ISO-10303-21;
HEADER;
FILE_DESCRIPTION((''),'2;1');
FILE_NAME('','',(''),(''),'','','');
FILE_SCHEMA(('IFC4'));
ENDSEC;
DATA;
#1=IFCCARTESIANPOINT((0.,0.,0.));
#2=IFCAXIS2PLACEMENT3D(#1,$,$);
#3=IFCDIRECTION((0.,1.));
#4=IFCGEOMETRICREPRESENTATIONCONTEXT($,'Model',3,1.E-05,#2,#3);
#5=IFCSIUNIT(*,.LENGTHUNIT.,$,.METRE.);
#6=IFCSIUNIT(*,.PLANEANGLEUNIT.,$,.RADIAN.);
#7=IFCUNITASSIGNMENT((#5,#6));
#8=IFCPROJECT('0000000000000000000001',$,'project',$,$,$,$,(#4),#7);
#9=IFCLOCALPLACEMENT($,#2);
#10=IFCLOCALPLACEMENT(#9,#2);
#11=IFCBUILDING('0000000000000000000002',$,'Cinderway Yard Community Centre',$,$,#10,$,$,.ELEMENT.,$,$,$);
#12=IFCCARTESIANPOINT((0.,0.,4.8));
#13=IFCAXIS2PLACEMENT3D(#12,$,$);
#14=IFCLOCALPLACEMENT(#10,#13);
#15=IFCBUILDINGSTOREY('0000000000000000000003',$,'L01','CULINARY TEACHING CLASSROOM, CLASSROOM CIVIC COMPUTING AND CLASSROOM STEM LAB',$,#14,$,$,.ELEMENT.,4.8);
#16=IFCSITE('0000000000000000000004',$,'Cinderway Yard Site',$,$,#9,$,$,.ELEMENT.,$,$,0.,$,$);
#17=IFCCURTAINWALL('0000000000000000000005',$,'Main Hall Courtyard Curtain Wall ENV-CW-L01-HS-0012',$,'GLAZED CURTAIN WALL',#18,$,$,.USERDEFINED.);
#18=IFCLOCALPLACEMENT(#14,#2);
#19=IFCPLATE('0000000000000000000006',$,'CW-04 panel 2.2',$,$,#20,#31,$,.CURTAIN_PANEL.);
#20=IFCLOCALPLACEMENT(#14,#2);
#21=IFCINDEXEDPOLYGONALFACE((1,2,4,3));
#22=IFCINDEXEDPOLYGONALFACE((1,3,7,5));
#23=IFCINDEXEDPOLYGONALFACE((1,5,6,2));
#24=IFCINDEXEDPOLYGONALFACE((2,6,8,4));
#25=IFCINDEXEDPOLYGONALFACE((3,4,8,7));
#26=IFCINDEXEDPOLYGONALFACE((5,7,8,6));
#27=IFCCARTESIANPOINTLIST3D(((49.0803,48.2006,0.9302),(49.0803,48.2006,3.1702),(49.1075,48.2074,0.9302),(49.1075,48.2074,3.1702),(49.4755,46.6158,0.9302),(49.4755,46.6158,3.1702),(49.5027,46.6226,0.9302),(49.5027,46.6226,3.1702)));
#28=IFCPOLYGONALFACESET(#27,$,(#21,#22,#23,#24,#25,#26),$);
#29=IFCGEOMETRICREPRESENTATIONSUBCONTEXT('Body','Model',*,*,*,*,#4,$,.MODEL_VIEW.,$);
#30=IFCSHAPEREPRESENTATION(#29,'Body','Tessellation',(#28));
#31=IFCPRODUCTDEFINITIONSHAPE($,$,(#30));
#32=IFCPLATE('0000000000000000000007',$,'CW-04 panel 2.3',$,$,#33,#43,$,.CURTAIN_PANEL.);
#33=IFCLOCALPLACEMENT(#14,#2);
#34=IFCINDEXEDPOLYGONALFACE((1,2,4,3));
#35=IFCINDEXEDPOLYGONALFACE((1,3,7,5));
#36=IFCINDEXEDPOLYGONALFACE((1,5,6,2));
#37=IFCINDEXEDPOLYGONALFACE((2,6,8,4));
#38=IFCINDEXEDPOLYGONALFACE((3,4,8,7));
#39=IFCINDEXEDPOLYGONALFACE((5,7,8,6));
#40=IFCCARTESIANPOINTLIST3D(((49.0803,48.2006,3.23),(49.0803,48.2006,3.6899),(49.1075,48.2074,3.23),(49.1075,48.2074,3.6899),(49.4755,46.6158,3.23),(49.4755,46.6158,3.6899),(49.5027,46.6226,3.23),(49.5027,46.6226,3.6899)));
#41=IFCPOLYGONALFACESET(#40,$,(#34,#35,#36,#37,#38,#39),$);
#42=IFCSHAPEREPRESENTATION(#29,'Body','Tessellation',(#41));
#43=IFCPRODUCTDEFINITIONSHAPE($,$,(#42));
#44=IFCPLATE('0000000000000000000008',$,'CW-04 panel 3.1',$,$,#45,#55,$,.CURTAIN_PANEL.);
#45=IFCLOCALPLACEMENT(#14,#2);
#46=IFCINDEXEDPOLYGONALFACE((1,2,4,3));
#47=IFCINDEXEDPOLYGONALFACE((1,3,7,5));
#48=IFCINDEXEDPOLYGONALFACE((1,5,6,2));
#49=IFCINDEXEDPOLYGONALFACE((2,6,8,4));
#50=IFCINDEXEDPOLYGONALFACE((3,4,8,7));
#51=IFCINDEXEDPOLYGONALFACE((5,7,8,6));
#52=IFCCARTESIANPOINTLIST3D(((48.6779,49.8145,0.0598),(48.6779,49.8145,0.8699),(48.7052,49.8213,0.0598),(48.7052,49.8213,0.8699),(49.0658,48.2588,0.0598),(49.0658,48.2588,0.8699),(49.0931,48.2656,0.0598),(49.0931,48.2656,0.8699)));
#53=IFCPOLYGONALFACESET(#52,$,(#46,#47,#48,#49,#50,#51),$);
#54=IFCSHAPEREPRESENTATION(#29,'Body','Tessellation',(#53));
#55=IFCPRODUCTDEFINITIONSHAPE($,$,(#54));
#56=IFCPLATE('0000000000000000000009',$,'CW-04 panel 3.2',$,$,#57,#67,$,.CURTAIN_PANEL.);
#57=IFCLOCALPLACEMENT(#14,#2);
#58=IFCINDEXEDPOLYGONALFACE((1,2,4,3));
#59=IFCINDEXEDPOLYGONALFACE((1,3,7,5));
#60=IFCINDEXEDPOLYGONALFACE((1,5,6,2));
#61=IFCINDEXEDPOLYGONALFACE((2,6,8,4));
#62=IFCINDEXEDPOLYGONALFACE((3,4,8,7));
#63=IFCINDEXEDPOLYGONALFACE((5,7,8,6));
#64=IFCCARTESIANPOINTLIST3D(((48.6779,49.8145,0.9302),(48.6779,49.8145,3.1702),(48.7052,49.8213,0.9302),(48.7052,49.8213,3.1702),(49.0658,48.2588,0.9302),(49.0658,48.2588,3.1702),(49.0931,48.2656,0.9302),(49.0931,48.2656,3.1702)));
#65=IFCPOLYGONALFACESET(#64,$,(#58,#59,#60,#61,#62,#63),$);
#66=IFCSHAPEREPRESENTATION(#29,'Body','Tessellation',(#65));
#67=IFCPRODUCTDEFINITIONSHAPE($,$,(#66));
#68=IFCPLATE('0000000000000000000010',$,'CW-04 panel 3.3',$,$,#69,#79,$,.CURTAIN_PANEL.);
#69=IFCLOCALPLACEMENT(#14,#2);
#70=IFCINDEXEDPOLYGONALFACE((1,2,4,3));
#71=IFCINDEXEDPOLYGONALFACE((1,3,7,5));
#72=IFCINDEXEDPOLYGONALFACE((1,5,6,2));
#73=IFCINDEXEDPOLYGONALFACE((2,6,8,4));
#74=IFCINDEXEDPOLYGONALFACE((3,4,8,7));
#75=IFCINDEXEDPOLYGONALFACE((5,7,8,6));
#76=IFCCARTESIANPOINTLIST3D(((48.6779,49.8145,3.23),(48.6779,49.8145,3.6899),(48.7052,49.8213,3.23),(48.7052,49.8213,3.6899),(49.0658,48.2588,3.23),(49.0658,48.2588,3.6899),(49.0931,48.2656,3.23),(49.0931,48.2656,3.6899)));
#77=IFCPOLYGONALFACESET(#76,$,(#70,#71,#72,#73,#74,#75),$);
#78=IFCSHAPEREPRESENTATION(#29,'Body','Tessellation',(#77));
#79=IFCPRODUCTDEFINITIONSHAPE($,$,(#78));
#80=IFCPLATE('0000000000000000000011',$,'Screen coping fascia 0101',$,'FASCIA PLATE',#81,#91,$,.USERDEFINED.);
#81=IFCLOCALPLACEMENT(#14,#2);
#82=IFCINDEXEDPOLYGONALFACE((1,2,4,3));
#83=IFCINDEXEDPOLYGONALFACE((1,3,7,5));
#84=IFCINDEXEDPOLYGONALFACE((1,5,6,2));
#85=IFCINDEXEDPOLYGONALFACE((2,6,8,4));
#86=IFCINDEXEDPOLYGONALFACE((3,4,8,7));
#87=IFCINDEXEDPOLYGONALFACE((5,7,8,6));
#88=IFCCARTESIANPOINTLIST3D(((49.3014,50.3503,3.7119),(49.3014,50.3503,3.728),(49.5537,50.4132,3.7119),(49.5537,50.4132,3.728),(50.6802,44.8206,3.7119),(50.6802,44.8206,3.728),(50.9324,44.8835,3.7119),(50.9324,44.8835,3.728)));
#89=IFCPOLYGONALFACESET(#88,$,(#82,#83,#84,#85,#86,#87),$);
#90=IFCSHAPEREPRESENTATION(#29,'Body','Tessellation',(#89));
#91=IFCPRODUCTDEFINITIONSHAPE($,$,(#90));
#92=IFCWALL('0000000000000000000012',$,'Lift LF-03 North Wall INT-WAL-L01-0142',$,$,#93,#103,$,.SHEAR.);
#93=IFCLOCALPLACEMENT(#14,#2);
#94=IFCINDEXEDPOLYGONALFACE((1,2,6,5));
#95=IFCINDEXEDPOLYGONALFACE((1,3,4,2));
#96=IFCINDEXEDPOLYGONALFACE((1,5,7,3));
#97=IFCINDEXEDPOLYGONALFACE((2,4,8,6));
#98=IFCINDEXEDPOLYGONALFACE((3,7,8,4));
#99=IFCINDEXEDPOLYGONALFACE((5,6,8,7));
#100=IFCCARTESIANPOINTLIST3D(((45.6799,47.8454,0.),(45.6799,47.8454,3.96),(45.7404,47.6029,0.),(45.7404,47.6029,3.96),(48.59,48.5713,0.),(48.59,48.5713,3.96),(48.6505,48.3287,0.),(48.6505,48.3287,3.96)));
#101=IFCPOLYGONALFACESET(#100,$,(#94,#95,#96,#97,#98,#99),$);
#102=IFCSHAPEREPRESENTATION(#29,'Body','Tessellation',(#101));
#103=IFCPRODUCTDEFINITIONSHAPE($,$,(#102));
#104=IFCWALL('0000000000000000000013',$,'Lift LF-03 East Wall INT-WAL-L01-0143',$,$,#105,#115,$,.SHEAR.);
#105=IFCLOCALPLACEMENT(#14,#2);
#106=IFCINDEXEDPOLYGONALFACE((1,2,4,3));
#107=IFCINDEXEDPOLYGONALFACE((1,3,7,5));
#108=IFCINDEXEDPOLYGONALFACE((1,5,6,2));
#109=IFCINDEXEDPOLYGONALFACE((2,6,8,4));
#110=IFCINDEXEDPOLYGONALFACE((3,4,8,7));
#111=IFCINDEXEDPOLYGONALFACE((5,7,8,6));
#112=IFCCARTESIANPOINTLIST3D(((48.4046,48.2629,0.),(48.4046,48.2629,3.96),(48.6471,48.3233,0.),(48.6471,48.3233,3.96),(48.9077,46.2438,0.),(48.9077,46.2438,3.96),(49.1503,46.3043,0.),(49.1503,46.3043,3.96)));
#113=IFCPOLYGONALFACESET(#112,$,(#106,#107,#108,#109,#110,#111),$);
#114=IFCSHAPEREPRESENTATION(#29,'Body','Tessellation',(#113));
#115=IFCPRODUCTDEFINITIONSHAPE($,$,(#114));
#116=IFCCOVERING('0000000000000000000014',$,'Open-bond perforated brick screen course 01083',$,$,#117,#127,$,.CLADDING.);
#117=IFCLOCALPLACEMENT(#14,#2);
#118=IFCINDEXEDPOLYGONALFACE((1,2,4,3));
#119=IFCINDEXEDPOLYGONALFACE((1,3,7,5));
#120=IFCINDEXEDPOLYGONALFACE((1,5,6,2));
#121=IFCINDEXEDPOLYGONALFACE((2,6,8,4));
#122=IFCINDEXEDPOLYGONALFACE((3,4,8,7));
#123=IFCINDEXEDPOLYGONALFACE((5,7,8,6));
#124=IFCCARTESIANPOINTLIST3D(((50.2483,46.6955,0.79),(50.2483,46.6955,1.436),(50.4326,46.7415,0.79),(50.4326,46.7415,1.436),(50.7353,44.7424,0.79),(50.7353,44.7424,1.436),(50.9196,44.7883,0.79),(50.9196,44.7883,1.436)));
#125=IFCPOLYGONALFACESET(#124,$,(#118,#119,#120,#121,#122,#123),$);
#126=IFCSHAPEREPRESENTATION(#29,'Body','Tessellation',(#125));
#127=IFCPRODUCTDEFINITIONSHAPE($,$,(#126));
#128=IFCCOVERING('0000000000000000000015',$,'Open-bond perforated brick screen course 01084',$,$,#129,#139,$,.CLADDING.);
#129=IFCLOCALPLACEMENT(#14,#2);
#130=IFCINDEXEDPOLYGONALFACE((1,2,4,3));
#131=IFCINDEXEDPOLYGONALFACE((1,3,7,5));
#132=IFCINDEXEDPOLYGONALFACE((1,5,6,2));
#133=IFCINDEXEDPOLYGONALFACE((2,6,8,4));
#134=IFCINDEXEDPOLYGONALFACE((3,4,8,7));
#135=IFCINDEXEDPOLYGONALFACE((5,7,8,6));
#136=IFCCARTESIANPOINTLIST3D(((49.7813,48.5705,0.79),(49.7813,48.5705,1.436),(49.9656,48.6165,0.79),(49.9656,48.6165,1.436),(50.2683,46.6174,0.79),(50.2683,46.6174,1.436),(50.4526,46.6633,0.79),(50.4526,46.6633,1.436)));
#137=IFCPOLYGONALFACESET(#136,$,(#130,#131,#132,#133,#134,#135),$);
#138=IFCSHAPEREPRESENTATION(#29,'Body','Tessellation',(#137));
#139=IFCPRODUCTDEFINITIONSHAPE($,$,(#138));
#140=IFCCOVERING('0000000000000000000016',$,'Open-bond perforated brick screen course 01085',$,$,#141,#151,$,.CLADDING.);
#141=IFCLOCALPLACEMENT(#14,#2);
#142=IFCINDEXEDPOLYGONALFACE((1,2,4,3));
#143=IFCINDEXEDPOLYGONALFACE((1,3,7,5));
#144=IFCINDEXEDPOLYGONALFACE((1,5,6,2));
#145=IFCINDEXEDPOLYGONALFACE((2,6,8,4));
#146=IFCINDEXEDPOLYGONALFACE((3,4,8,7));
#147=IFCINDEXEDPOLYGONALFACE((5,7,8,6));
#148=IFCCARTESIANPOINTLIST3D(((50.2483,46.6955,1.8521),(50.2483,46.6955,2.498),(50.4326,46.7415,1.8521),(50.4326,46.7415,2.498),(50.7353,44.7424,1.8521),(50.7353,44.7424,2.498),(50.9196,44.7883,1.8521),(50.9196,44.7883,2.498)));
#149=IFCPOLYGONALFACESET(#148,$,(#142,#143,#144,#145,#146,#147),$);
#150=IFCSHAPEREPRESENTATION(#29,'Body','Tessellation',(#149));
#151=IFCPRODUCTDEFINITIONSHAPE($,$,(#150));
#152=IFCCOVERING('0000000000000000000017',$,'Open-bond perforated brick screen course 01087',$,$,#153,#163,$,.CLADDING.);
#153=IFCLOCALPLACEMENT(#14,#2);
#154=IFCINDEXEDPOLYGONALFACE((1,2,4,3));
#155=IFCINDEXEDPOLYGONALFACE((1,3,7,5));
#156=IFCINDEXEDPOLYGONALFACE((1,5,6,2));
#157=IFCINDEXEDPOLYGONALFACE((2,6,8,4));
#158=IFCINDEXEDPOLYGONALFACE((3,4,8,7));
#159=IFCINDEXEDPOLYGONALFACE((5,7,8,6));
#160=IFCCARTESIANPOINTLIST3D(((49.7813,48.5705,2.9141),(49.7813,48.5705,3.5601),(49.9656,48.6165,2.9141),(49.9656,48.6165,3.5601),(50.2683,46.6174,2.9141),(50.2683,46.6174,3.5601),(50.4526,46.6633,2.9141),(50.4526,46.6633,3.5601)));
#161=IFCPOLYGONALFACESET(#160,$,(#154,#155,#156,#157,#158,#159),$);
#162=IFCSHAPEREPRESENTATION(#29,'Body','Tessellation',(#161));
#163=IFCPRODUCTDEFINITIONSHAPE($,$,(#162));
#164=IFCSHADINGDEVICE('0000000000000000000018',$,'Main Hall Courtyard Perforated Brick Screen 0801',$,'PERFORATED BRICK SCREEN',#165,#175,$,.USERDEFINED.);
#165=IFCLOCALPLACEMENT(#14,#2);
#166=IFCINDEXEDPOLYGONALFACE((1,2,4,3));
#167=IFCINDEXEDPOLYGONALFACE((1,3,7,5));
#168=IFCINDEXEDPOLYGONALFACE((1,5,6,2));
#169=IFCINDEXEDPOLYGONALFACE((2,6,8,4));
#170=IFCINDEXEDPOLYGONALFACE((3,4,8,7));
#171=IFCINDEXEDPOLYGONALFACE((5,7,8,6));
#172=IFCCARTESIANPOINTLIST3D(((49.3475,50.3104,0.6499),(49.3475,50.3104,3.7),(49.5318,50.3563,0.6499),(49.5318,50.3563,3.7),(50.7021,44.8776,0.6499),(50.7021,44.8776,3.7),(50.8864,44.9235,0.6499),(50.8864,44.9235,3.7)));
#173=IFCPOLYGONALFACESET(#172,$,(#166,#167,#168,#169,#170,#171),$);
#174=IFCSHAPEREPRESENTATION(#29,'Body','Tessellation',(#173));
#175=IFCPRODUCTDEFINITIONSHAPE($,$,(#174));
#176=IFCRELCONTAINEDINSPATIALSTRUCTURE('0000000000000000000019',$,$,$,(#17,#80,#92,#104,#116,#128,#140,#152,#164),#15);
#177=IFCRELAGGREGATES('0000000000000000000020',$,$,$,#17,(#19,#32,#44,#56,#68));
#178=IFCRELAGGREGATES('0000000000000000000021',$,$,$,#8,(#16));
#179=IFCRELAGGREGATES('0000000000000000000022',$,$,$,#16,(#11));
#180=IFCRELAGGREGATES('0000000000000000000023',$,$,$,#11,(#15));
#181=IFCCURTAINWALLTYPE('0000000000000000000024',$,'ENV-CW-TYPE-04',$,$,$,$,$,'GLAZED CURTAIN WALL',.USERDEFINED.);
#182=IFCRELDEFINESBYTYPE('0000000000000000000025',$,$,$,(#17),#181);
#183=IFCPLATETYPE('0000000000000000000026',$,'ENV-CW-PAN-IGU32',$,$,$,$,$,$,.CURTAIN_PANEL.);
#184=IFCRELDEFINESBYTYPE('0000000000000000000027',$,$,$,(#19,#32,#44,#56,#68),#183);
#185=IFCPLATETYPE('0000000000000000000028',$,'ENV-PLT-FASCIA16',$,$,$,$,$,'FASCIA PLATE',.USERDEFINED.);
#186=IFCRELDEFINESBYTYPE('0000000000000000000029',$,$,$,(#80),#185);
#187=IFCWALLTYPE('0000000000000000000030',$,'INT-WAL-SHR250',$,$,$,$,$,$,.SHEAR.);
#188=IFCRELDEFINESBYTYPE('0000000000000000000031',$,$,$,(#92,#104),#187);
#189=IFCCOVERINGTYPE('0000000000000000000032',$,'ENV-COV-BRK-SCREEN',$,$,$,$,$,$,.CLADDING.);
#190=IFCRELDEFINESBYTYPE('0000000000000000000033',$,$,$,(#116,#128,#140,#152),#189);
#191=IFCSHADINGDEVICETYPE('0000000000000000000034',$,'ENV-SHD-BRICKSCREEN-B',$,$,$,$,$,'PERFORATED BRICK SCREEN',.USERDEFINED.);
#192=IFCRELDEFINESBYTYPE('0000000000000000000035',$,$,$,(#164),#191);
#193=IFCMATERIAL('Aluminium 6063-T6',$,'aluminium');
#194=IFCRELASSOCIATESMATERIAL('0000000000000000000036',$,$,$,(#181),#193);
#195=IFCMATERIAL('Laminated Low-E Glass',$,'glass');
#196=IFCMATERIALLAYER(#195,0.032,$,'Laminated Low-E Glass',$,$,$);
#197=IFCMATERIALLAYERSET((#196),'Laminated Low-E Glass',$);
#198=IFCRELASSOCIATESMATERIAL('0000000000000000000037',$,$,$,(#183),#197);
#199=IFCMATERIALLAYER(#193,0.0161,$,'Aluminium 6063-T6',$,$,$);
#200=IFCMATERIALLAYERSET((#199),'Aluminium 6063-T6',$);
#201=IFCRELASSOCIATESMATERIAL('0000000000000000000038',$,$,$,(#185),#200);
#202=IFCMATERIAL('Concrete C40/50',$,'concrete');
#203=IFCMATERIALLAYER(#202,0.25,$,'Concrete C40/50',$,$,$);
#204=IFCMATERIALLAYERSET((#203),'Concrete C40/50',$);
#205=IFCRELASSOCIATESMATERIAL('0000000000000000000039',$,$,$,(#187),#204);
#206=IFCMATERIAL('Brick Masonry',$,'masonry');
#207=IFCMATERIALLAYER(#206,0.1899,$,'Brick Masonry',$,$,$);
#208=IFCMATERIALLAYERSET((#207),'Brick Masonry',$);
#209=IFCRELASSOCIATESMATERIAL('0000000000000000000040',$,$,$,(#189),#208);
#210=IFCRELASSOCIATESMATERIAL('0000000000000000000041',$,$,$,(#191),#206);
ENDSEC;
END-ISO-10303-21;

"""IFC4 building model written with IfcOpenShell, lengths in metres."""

from ifc_helpers import new_model, si_unit, direction, frame, frame_2d, origin, origin_2d, place, context, subcontext, project, spatial, rectangle, extrude, material, layer, layer_set, type_object, element, aggregate, save


model = new_model("IFC4")

# Units and contexts
model_context = context("Model", 3, precision=1e-05, world=origin(), true_north=direction((0.0, 1.0)))
body_context = subcontext(model_context, "Body", "Model", "MODEL_VIEW")
ifc_project = project(units=[si_unit("LENGTHUNIT", "METRE"), si_unit("PLANEANGLEUNIT", "RADIAN")], contexts=[model_context])

# Site, building, storey
site_placement = place(None, origin())
site = spatial("IfcSite", under=ifc_project, at=site_placement, Name="Cinderway Yard Site", CompositionType="ELEMENT", RefElevation=0.0)
building_placement = place(site_placement, origin())
building = spatial("IfcBuilding", under=site, at=building_placement, Name="Cinderway Yard Community Centre", CompositionType="ELEMENT")
storey_placement = place(building_placement, frame((0.0, 0.0, 4.8)))
storey = spatial("IfcBuildingStorey", under=building, at=storey_placement, Name="L01", Description="CULINARY TEACHING CLASSROOM, CLASSROOM CIVIC COMPUTING AND CLASSROOM STEM LAB", CompositionType="ELEMENT", Elevation=4.8)

# Curtain wall
ifc_material_1 = material(Name="Aluminium 6063-T6", Category="aluminium")
curtain_wall_type = type_object("IfcCurtainWallType", Name="ENV-CW-TYPE-04", ElementType="GLAZED CURTAIN WALL", PredefinedType="USERDEFINED", material=ifc_material_1)
curtain_wall_placement = place(storey_placement, origin())
curtain_wall = element("IfcCurtainWall", 1, at=curtain_wall_placement, inside=storey, type_object=curtain_wall_type, Name="Main Hall Courtyard Curtain Wall ENV-CW-L01-HS-0012", ObjectType="GLAZED CURTAIN WALL", PredefinedType="USERDEFINED")

# Plates
ifc_material_2 = material(Name="Laminated Low-E Glass", Category="glass")
ifc_layer_1 = layer(ifc_material_2, 0.032, Name="Laminated Low-E Glass")
ifc_layer_set_1 = layer_set([ifc_layer_1], Name="Laminated Low-E Glass")
plate_type_1 = type_object("IfcPlateType", Name="ENV-CW-PAN-IGU32", PredefinedType="CURTAIN_PANEL", material=ifc_layer_set_1)
plate_1_placement = place(storey_placement, frame((49.2915, 47.4116, 0.9302), z_axis=(0.0, 0.0, 1.0), x_axis=(-0.241933, 0.970293, 0.0)))
plate_1 = element("IfcPlate", 2, at=plate_1_placement, type_object=plate_type_1, Name="CW-04 panel 2.2", PredefinedType="CURTAIN_PANEL", context=body_context, shape_type="SweptSolid", body=[
    extrude(rectangle(XDim=1.6333, YDim=0.0281, at=origin_2d()), origin(), (0.0, 0.0, 1.0), 2.24),
])
plate_2_placement = place(storey_placement, frame((49.2915, 47.4116, 3.23), z_axis=(0.0, 0.0, 1.0), x_axis=(-0.241933, 0.970293, 0.0)))
plate_2 = element("IfcPlate", 3, at=plate_2_placement, type_object=plate_type_1, Name="CW-04 panel 2.3", PredefinedType="CURTAIN_PANEL", context=body_context, shape_type="SweptSolid", body=[
    extrude(rectangle(XDim=1.6333, YDim=0.0281, at=origin_2d()), origin(), (0.0, 0.0, 1.0), 0.46),
])
plate_3_placement = place(storey_placement, frame((48.8855, 49.04, 0.0598), z_axis=(0.0, 0.0, 1.0), x_axis=(-0.241933, 0.970293, 0.0)))
plate_3 = element("IfcPlate", 4, at=plate_3_placement, type_object=plate_type_1, Name="CW-04 panel 3.1", PredefinedType="CURTAIN_PANEL", context=body_context, shape_type="SweptSolid", body=[
    extrude(rectangle(XDim=1.6033, YDim=0.0281, at=origin_2d()), origin(), (0.0, 0.0, 1.0), 0.8101),
])
plate_4_placement = place(storey_placement, frame((48.8855, 49.04, 0.9302), z_axis=(0.0, 0.0, 1.0), x_axis=(-0.241933, 0.970293, 0.0)))
plate_4 = element("IfcPlate", 5, at=plate_4_placement, type_object=plate_type_1, Name="CW-04 panel 3.2", PredefinedType="CURTAIN_PANEL", context=body_context, shape_type="SweptSolid", body=[
    extrude(rectangle(XDim=1.6033, YDim=0.0281, at=origin_2d()), origin(), (0.0, 0.0, 1.0), 2.24),
])
plate_5_placement = place(storey_placement, frame((48.8855, 49.04, 3.23), z_axis=(0.0, 0.0, 1.0), x_axis=(-0.241933, 0.970293, 0.0)))
plate_5 = element("IfcPlate", 6, at=plate_5_placement, type_object=plate_type_1, Name="CW-04 panel 3.3", PredefinedType="CURTAIN_PANEL", context=body_context, shape_type="SweptSolid", body=[
    extrude(rectangle(XDim=1.6033, YDim=0.0281, at=origin_2d()), origin(), (0.0, 0.0, 1.0), 0.46),
])
aggregate(curtain_wall, [plate_1, plate_2, plate_3, plate_4, plate_5])
ifc_layer_2 = layer(ifc_material_1, 0.0161, Name="Aluminium 6063-T6")
ifc_layer_set_2 = layer_set([ifc_layer_2], Name="Aluminium 6063-T6")
plate_type_2 = type_object("IfcPlateType", Name="ENV-PLT-FASCIA16", ElementType="FASCIA PLATE", PredefinedType="USERDEFINED", material=ifc_layer_set_2)
plate_6_placement = place(storey_placement, frame((50.1169, 47.6169, 3.7119), z_axis=(0.0, 0.0, 1.0), x_axis=(0.241922, -0.970296, 0.0)))
element("IfcPlate", 7, at=plate_6_placement, inside=storey, type_object=plate_type_2, Name="Screen coping fascia 0101", ObjectType="FASCIA PLATE", PredefinedType="USERDEFINED", context=body_context, shape_type="SweptSolid", body=[
    extrude(rectangle(XDim=5.699, YDim=0.26, at=origin_2d()), origin(), (0.0, 0.0, 1.0), 0.0161),
])

# Walls
ifc_material_3 = material(Name="Concrete C40/50", Category="concrete")
ifc_layer_3 = layer(ifc_material_3, 0.25, Name="Concrete C40/50")
ifc_layer_set_3 = layer_set([ifc_layer_3], Name="Concrete C40/50")
wall_type = type_object("IfcWallType", Name="INT-WAL-SHR250", PredefinedType="SHEAR", material=ifc_layer_set_3)
wall_1_placement = place(storey_placement, frame((48.6201, 48.45, 0.0), z_axis=(0.0, 0.0, 1.0), x_axis=(-0.970276, -0.241999, 0.0)))
element("IfcWall", 8, at=wall_1_placement, inside=storey, type_object=wall_type, Name="Lift LF-03 North Wall INT-WAL-L01-0142", PredefinedType="SHEAR", context=body_context, shape_type="SweptSolid", body=[
    extrude(rectangle(XDim=2.9993, YDim=0.25, at=frame_2d((1.4995, 0.0))), origin(), (0.0, 0.0, 1.0), 3.96),
])
wall_2_placement = place(storey_placement, frame((49.0291, 46.2739, 0.0), z_axis=(0.0, 0.0, 1.0), x_axis=(-0.241818, 0.970322, 0.0)))
element("IfcWall", 9, at=wall_2_placement, inside=storey, type_object=wall_type, Name="Lift LF-03 East Wall INT-WAL-L01-0143", PredefinedType="SHEAR", context=body_context, shape_type="SweptSolid", body=[
    extrude(rectangle(XDim=2.0808, YDim=0.25, at=frame_2d((1.0405, 0.0))), origin(), (0.0, 0.0, 1.0), 3.96),
])

# Coverings
ifc_material_4 = material(Name="Brick Masonry", Category="masonry")
ifc_layer_4 = layer(ifc_material_4, 0.1899, Name="Brick Masonry")
ifc_layer_set_4 = layer_set([ifc_layer_4], Name="Brick Masonry")
covering_type = type_object("IfcCoveringType", Name="ENV-COV-BRK-SCREEN", PredefinedType="CLADDING", material=ifc_layer_set_4)
for number, where, z_axis, x_axis, name in (
    (10, (50.584, 45.7419, 0.79), (0.0, 0.0, 1.0), (0.241922, -0.970296, 0.0), "Open-bond perforated brick screen course 01083"),
    (11, (50.1169, 47.6169, 0.79), (0.0, 0.0, 1.0), (0.241922, -0.970296, 0.0), "Open-bond perforated brick screen course 01084"),
    (12, (50.584, 45.7419, 1.8521), (0.0, 0.0, 1.0), (0.241922, -0.970296, 0.0), "Open-bond perforated brick screen course 01085"),
    (13, (50.1169, 47.6169, 2.9141), (0.0, 0.0, 1.0), (0.241922, -0.970296, 0.0), "Open-bond perforated brick screen course 01087"),
):
    element("IfcCovering", number, at=place(storey_placement, frame(where, z_axis=z_axis, x_axis=x_axis)), inside=storey, type_object=covering_type, Name=name, PredefinedType="CLADDING", context=body_context, shape_type="SweptSolid", body=[
        extrude(rectangle(XDim=2.0129, YDim=0.1899, at=origin_2d()), origin(), (0.0, 0.0, 1.0), 0.646),
    ])

# Shading device
shading_device_type = type_object("IfcShadingDeviceType", Name="ENV-SHD-BRICKSCREEN-B", ElementType="PERFORATED BRICK SCREEN", PredefinedType="USERDEFINED", material=ifc_material_4)
shading_device_placement = place(storey_placement, frame((50.1169, 47.6169, 0.6499), z_axis=(0.0, 0.0, 1.0), x_axis=(0.241922, -0.970296, 0.0)))
element("IfcShadingDevice", 14, at=shading_device_placement, inside=storey, type_object=shading_device_type, Name="Main Hall Courtyard Perforated Brick Screen 0801", ObjectType="PERFORATED BRICK SCREEN", PredefinedType="USERDEFINED", context=body_context, shape_type="SweptSolid", body=[
    extrude(rectangle(XDim=5.5991, YDim=0.1899, at=origin_2d()), origin(), (0.0, 0.0, 1.0), 3.05),
])

save(model, "model.ifc")
